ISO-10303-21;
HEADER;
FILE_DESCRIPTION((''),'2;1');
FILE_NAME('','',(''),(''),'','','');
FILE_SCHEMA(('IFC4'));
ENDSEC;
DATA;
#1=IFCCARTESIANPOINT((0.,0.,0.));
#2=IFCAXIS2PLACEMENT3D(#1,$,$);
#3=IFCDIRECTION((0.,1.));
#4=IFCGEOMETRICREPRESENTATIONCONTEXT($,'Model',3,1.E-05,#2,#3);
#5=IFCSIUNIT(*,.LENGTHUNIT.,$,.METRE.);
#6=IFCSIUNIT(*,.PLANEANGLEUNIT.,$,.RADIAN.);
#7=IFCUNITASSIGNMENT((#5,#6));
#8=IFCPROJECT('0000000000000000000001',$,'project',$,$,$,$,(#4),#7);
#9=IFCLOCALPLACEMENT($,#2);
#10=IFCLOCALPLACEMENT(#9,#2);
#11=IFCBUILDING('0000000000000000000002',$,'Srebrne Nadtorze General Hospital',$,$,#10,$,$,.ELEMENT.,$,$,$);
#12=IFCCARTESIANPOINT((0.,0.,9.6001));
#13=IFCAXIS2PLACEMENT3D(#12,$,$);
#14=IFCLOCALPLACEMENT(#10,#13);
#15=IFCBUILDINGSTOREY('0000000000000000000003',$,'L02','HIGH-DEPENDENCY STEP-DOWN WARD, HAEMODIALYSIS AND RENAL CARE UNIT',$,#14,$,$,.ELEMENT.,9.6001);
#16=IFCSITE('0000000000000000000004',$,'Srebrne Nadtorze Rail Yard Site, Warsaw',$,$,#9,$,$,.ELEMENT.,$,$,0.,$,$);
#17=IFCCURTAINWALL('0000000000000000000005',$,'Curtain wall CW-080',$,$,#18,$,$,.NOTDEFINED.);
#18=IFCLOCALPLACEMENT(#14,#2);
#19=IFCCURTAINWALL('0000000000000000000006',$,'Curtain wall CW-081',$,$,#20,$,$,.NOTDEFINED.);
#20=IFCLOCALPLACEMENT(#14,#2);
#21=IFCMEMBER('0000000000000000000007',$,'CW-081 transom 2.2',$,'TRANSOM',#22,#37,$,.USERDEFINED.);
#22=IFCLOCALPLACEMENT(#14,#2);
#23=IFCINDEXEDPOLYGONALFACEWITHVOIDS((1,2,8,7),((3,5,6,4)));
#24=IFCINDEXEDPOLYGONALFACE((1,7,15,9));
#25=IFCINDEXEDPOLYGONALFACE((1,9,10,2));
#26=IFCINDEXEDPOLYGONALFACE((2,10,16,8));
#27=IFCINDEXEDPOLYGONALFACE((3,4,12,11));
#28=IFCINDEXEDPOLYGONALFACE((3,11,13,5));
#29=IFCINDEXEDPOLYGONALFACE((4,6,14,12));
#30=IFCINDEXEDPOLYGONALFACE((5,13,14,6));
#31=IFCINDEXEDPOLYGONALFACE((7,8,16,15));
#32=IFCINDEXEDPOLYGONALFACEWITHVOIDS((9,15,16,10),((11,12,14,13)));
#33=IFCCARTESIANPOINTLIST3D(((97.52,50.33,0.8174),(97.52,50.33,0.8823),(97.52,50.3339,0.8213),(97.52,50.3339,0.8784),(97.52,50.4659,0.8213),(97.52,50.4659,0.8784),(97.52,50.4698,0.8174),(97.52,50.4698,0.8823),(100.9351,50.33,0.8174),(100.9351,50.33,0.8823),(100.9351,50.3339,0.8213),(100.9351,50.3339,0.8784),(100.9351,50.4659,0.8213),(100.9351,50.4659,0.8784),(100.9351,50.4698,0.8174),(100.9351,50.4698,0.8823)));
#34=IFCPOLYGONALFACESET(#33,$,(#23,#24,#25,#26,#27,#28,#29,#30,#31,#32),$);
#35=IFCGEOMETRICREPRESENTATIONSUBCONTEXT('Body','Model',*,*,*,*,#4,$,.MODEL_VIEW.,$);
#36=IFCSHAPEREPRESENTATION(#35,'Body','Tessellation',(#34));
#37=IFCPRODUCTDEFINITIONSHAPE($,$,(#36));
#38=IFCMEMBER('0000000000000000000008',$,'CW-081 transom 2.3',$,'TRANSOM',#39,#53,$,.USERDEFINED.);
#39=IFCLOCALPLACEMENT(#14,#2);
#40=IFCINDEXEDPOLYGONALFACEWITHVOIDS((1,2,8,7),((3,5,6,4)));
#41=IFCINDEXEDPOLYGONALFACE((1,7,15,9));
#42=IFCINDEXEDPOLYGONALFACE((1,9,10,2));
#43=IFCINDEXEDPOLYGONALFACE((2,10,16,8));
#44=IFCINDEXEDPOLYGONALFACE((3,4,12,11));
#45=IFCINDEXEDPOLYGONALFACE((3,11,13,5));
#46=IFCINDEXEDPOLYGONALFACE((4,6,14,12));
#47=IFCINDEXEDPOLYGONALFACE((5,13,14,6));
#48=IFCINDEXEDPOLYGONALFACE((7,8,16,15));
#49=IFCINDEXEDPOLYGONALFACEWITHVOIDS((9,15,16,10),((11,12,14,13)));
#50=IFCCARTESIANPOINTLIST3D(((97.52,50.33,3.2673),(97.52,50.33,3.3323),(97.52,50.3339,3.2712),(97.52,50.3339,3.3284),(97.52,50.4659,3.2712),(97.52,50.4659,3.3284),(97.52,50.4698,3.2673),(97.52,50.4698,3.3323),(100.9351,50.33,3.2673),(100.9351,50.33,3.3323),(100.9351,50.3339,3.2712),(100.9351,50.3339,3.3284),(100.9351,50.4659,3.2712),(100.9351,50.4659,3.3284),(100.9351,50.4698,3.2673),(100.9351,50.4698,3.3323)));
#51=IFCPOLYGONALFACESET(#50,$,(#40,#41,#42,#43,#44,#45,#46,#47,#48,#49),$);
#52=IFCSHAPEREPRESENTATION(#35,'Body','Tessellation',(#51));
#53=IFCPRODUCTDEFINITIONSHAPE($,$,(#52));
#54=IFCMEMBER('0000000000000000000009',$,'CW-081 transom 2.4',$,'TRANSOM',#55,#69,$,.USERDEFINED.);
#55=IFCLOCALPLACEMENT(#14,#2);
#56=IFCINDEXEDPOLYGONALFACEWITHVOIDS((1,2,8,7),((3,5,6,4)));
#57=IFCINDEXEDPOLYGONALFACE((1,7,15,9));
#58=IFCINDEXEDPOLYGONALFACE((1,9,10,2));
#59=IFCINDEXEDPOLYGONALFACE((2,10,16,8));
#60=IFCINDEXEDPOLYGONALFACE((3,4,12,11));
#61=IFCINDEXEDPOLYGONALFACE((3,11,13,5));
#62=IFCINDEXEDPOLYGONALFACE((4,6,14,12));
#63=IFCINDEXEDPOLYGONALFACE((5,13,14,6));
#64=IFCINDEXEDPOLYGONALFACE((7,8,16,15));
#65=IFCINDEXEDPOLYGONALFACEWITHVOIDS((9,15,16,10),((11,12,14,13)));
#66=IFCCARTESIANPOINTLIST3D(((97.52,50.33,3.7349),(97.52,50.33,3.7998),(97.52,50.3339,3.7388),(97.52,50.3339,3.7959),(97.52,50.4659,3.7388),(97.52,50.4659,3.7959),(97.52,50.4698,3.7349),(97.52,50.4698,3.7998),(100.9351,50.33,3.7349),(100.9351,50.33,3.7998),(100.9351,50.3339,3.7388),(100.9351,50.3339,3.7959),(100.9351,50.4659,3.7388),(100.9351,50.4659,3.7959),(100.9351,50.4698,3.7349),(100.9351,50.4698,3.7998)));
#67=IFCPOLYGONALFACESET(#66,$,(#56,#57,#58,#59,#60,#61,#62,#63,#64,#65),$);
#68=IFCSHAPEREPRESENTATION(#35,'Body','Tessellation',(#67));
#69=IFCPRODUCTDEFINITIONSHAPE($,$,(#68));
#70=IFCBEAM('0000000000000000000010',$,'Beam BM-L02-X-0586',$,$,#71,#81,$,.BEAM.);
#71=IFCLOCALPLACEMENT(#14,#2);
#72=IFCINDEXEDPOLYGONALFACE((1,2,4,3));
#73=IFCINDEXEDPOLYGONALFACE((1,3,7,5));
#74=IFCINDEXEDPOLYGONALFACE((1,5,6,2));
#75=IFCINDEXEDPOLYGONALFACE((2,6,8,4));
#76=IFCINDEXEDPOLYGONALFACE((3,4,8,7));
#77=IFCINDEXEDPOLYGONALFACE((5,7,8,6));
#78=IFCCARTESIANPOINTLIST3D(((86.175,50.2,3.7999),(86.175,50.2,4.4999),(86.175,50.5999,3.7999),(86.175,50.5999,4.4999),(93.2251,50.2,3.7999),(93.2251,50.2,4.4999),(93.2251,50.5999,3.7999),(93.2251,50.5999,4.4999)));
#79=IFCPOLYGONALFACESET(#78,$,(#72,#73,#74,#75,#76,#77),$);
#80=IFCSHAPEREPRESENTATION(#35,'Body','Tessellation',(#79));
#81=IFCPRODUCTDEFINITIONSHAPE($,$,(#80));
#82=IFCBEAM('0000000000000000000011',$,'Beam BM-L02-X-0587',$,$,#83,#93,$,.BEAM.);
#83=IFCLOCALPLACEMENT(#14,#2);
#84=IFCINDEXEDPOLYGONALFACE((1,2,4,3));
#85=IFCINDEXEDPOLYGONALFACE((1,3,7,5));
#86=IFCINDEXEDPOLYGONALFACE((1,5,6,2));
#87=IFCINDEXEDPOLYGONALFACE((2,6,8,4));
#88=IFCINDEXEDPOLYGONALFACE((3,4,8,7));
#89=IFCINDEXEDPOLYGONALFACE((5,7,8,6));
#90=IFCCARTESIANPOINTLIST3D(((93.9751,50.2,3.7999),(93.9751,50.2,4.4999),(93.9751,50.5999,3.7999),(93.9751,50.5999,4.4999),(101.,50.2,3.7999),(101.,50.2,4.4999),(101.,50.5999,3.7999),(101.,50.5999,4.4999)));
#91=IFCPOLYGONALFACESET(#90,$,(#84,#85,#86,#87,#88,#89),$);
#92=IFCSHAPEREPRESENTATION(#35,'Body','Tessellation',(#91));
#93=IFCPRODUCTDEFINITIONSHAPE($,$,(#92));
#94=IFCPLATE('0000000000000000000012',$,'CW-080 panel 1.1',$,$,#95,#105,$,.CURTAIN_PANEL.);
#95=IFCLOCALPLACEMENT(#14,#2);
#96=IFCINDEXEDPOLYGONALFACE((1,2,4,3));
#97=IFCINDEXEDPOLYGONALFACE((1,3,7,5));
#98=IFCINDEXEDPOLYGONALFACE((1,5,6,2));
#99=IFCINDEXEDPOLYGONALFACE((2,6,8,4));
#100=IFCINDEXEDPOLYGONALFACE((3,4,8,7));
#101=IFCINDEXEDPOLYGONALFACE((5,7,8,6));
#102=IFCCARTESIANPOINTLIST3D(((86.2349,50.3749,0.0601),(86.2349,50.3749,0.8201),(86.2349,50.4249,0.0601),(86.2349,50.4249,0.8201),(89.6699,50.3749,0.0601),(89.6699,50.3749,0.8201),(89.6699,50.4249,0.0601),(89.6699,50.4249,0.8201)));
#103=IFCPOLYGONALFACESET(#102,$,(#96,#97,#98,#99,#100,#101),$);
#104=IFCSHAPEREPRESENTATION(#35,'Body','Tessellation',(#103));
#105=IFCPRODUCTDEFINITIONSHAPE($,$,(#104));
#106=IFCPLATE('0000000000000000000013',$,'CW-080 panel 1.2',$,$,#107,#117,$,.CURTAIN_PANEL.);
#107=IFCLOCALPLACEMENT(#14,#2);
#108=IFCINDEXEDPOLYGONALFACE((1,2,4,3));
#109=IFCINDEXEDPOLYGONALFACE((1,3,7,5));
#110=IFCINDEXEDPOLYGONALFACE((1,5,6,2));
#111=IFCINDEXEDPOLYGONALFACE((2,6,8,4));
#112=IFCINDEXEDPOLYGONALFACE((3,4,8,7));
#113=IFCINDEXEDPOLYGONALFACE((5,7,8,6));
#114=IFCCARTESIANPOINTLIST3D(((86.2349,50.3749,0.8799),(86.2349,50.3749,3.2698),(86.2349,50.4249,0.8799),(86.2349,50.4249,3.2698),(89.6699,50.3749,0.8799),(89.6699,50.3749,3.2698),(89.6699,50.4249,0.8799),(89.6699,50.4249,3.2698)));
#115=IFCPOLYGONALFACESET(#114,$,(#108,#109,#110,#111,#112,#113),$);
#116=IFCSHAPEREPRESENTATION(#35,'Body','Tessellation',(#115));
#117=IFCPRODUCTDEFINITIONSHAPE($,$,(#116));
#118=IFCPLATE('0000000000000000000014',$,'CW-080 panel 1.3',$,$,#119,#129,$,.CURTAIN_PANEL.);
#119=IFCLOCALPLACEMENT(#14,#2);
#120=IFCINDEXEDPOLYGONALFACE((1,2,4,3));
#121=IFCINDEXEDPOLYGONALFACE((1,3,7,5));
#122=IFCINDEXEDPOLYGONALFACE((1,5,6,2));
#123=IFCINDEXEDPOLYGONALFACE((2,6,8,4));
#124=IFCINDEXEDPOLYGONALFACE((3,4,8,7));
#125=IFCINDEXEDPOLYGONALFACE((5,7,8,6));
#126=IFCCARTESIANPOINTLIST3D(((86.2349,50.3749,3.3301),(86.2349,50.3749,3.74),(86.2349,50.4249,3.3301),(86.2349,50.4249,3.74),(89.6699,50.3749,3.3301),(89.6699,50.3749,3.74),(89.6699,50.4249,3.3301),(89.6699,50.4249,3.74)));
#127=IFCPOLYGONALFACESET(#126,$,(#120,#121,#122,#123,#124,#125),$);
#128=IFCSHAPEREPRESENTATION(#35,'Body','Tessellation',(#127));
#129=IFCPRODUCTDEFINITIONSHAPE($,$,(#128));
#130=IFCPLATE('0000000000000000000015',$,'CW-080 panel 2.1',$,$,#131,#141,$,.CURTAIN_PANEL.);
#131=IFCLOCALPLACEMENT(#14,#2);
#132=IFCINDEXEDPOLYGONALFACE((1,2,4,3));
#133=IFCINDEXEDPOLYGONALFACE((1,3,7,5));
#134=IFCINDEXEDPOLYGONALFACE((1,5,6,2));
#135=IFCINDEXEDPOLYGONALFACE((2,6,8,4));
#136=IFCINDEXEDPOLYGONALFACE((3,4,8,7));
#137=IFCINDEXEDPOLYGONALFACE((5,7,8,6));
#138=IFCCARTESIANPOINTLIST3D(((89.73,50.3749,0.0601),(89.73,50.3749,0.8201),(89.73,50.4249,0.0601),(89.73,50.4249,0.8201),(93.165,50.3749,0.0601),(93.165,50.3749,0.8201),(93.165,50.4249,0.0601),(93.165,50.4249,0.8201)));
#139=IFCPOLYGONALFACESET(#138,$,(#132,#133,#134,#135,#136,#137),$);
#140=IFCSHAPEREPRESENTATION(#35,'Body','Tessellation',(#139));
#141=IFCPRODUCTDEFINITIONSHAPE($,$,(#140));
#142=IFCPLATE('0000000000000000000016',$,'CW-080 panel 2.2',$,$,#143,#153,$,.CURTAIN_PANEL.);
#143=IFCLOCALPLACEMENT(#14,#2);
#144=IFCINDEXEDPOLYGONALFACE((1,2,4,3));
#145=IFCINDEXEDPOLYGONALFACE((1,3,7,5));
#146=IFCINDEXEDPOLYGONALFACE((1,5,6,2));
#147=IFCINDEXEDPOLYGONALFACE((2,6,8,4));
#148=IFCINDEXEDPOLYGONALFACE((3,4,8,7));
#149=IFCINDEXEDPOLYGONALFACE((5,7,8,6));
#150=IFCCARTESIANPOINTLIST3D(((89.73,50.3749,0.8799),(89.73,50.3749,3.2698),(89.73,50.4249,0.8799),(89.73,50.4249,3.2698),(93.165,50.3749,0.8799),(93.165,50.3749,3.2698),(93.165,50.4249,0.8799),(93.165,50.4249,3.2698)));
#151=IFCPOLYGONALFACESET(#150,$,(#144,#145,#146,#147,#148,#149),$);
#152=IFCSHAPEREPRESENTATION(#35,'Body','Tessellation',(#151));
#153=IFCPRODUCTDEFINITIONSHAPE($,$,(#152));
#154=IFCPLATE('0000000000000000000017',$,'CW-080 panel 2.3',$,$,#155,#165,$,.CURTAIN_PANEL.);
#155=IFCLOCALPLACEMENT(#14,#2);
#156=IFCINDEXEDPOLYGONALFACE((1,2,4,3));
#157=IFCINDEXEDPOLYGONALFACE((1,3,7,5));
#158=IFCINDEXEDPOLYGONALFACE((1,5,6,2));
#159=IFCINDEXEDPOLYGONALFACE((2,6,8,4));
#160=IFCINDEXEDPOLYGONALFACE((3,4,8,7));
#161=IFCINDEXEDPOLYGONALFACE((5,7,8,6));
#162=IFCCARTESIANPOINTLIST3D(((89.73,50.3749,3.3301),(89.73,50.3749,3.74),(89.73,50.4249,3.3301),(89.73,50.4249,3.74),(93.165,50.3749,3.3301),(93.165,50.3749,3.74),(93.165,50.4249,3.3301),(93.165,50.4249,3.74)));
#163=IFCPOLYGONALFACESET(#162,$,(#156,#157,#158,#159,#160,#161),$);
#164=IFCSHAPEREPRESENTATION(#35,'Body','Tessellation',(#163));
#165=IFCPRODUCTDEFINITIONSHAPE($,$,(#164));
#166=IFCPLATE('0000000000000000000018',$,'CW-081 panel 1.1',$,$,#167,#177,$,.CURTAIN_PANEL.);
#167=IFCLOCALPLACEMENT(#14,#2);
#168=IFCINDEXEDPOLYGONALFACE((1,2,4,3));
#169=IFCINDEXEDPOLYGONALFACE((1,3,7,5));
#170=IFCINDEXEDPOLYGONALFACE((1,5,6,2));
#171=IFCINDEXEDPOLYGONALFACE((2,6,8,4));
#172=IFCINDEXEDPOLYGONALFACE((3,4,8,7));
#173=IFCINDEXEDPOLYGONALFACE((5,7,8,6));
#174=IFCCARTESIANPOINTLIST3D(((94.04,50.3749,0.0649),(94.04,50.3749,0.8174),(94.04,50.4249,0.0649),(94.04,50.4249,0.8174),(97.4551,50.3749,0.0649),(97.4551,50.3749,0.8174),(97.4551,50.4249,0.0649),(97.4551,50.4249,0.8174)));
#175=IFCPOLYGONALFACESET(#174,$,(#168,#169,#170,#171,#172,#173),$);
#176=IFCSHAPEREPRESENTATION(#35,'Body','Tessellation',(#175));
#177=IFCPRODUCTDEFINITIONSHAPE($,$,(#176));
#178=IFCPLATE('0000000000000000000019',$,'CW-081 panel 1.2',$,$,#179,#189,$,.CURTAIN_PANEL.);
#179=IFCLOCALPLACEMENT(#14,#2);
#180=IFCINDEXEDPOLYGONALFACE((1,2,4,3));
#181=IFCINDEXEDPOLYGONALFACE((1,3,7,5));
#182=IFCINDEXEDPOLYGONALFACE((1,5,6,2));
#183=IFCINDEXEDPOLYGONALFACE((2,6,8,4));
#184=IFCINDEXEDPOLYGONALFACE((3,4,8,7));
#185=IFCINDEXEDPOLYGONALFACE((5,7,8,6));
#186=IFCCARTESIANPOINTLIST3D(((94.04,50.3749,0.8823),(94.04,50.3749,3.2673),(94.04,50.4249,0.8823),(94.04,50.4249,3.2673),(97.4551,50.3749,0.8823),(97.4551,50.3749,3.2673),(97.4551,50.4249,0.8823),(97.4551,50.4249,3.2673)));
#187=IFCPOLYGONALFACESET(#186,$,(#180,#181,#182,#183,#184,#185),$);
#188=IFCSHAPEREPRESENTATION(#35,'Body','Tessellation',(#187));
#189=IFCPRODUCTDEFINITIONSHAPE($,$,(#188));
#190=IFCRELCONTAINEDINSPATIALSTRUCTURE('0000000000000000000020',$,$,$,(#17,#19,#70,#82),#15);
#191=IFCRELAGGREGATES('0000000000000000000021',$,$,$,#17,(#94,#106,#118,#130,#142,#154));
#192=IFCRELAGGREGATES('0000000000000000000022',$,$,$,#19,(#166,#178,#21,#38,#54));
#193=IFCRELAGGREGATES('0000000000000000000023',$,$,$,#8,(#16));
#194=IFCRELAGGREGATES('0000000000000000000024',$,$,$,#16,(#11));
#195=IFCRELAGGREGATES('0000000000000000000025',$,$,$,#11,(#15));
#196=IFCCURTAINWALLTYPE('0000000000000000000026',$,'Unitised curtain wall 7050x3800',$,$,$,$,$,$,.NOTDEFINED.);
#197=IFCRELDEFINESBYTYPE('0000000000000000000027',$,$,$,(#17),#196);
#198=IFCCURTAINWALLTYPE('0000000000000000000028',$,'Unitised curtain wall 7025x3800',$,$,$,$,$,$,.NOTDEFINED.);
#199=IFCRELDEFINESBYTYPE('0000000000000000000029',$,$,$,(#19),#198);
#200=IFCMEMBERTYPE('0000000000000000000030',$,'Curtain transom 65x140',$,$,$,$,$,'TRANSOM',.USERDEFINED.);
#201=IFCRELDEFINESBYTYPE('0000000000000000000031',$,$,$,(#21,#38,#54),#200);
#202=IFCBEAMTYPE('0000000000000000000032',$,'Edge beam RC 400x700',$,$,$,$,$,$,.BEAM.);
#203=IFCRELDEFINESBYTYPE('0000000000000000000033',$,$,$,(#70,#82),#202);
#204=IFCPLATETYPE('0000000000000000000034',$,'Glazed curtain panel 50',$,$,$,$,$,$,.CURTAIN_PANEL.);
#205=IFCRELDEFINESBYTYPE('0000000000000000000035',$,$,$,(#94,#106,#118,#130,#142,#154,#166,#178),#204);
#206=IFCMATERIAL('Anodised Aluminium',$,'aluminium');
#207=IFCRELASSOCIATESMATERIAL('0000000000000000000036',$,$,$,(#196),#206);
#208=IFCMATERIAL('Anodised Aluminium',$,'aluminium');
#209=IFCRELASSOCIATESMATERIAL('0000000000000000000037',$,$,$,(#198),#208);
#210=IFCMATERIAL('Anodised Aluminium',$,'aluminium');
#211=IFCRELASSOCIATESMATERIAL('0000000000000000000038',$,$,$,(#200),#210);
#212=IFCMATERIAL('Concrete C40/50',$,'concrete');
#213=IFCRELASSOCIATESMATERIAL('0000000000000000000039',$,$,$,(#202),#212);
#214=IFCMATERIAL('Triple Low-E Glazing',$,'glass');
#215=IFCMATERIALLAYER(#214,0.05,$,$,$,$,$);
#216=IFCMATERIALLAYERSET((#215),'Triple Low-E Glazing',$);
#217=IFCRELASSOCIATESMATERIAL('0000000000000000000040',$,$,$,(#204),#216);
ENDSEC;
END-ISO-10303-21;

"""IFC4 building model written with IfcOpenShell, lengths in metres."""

from ifc_helpers import new_model, si_unit, direction, frame, origin, origin_2d, place, context, subcontext, project, spatial, rectangle, hollow_rectangle, extrude, material, layer, layer_set, material_profile, profile_set, type_object, element, aggregate, save


model = new_model("IFC4")

# Units and contexts
model_context = context("Model", 3, precision=1e-05, world=origin(), true_north=direction((0.0, 1.0)))
body_context = subcontext(model_context, "Body", "Model", "MODEL_VIEW")
ifc_project = project(units=[si_unit("LENGTHUNIT", "METRE"), si_unit("PLANEANGLEUNIT", "RADIAN")], contexts=[model_context])

# Site, building, storey
site_placement = place(None, origin())
site = spatial("IfcSite", under=ifc_project, at=site_placement, Name="Srebrne Nadtorze Rail Yard Site, Warsaw", CompositionType="ELEMENT", RefElevation=0.0)
building_placement = place(site_placement, origin())
building = spatial("IfcBuilding", under=site, at=building_placement, Name="Srebrne Nadtorze General Hospital", CompositionType="ELEMENT")
storey_placement = place(building_placement, frame((0.0, 0.0, 9.6001)))
storey = spatial("IfcBuildingStorey", under=building, at=storey_placement, Name="L02", Description="HIGH-DEPENDENCY STEP-DOWN WARD, HAEMODIALYSIS AND RENAL CARE UNIT", CompositionType="ELEMENT", Elevation=9.6001)

# Curtain walls
ifc_material_1 = material(Name="Anodised Aluminium", Category="aluminium")
curtain_wall_type_1 = type_object("IfcCurtainWallType", Name="Unitised curtain wall 7050x3800", PredefinedType="NOTDEFINED", material=ifc_material_1)
curtain_wall_1_placement = place(storey_placement, origin())
curtain_wall_1 = element("IfcCurtainWall", 1, at=curtain_wall_1_placement, inside=storey, type_object=curtain_wall_type_1, Name="Curtain wall CW-080", PredefinedType="NOTDEFINED")
ifc_material_2 = material(Name="Anodised Aluminium", Category="aluminium")
curtain_wall_type_2 = type_object("IfcCurtainWallType", Name="Unitised curtain wall 7025x3800", PredefinedType="NOTDEFINED", material=ifc_material_2)
curtain_wall_2_placement = place(storey_placement, origin())
curtain_wall_2 = element("IfcCurtainWall", 2, at=curtain_wall_2_placement, inside=storey, type_object=curtain_wall_type_2, Name="Curtain wall CW-081", PredefinedType="NOTDEFINED")

# Members
ifc_material_3 = material(Name="Anodised Aluminium", Category="aluminium")
ifc_material_profile_1 = material_profile(ifc_material_3, hollow_rectangle(XDim=0.0649, YDim=0.1399, WallThickness=0.0039, at=origin_2d()), Name="AL-TRN-65x140")
ifc_profile_set_1 = profile_set([ifc_material_profile_1], Name="Anodised Aluminium")
member_type_1 = type_object("IfcMemberType", Name="Curtain transom 65x140", ElementType="TRANSOM", PredefinedType="USERDEFINED", material=ifc_profile_set_1)
member_1_placement = place(storey_placement, frame((97.52, 50.3999, 0.8499), z_axis=(1.0, 0.0, 0.0), x_axis=(0.0, 0.0, 1.0)))
member_1 = element("IfcMember", 3, at=member_1_placement, type_object=member_type_1, Name="CW-081 transom 2.2", ObjectType="TRANSOM", PredefinedType="USERDEFINED", context=body_context, shape_type="SweptSolid", body=[
    extrude(hollow_rectangle(XDim=0.0649, YDim=0.1399, WallThickness=0.0039, at=origin_2d()), origin(), (0.0, 0.0, 1.0), 3.415),
])
member_2_placement = place(storey_placement, frame((97.52, 50.3999, 3.2998), z_axis=(1.0, 0.0, 0.0), x_axis=(0.0, 0.0, 1.0)))
member_2 = element("IfcMember", 4, at=member_2_placement, type_object=member_type_1, Name="CW-081 transom 2.3", ObjectType="TRANSOM", PredefinedType="USERDEFINED", context=body_context, shape_type="SweptSolid", body=[
    extrude(hollow_rectangle(XDim=0.0649, YDim=0.1399, WallThickness=0.0039, at=origin_2d()), origin(), (0.0, 0.0, 1.0), 3.415),
])
member_3_placement = place(storey_placement, frame((97.52, 50.3999, 3.7673), z_axis=(1.0, 0.0, 0.0), x_axis=(0.0, 0.0, 1.0)))
member_3 = element("IfcMember", 5, at=member_3_placement, type_object=member_type_1, Name="CW-081 transom 2.4", ObjectType="TRANSOM", PredefinedType="USERDEFINED", context=body_context, shape_type="SweptSolid", body=[
    extrude(hollow_rectangle(XDim=0.0649, YDim=0.1399, WallThickness=0.0039, at=origin_2d()), origin(), (0.0, 0.0, 1.0), 3.415),
])

# Beams
ifc_material_4 = material(Name="Concrete C40/50", Category="concrete")
ifc_material_profile_2 = material_profile(ifc_material_4, rectangle(XDim=0.3999, YDim=0.7, at=origin_2d()), Name="RC-BM-400x700")
ifc_profile_set_2 = profile_set([ifc_material_profile_2], Name="Concrete C40/50")
beam_type = type_object("IfcBeamType", Name="Edge beam RC 400x700", PredefinedType="BEAM", material=ifc_profile_set_2)
beam_1_placement = place(storey_placement, frame((86.175, 50.3999, 4.1499), z_axis=(1.0, 0.0, 0.0), x_axis=(0.0, 1.0, 0.0)))
element("IfcBeam", 6, at=beam_1_placement, inside=storey, type_object=beam_type, Name="Beam BM-L02-X-0586", PredefinedType="BEAM", context=body_context, shape_type="SweptSolid", body=[
    extrude(rectangle(XDim=0.3999, YDim=0.7, at=origin_2d()), origin(), (0.0, 0.0, 1.0), 7.05),
])
beam_2_placement = place(storey_placement, frame((93.9751, 50.3999, 4.1499), z_axis=(1.0, 0.0, 0.0), x_axis=(0.0, 1.0, 0.0)))
element("IfcBeam", 7, at=beam_2_placement, inside=storey, type_object=beam_type, Name="Beam BM-L02-X-0587", PredefinedType="BEAM", context=body_context, shape_type="SweptSolid", body=[
    extrude(rectangle(XDim=0.3999, YDim=0.7, at=origin_2d()), origin(), (0.0, 0.0, 1.0), 7.0249),
])

# Plates
ifc_material_5 = material(Name="Triple Low-E Glazing", Category="glass")
ifc_layer = layer(ifc_material_5, 0.05)
ifc_layer_set = layer_set([ifc_layer], Name="Triple Low-E Glazing")
plate_type = type_object("IfcPlateType", Name="Glazed curtain panel 50", PredefinedType="CURTAIN_PANEL", material=ifc_layer_set)
plate_1_placement = place(storey_placement, frame((87.9524, 50.3999, 0.0601), z_axis=(0.0, 0.0, 1.0), x_axis=(1.0, 0.0, 0.0)))
plate_1 = element("IfcPlate", 8, at=plate_1_placement, type_object=plate_type, Name="CW-080 panel 1.1", PredefinedType="CURTAIN_PANEL", context=body_context, shape_type="SweptSolid", body=[
    extrude(rectangle(XDim=3.4351, YDim=0.05, at=origin_2d()), origin(), (0.0, 0.0, 1.0), 0.76),
])
plate_2_placement = place(storey_placement, frame((87.9524, 50.3999, 0.8799), z_axis=(0.0, 0.0, 1.0), x_axis=(1.0, 0.0, 0.0)))
plate_2 = element("IfcPlate", 9, at=plate_2_placement, type_object=plate_type, Name="CW-080 panel 1.2", PredefinedType="CURTAIN_PANEL", context=body_context, shape_type="SweptSolid", body=[
    extrude(rectangle(XDim=3.4351, YDim=0.05, at=origin_2d()), origin(), (0.0, 0.0, 1.0), 2.3899),
])
plate_3_placement = place(storey_placement, frame((87.9524, 50.3999, 3.3301), z_axis=(0.0, 0.0, 1.0), x_axis=(1.0, 0.0, 0.0)))
plate_3 = element("IfcPlate", 10, at=plate_3_placement, type_object=plate_type, Name="CW-080 panel 1.3", PredefinedType="CURTAIN_PANEL", context=body_context, shape_type="SweptSolid", body=[
    extrude(rectangle(XDim=3.4351, YDim=0.05, at=origin_2d()), origin(), (0.0, 0.0, 1.0), 0.4099),
])
plate_4_placement = place(storey_placement, frame((91.4475, 50.3999, 0.0601), z_axis=(0.0, 0.0, 1.0), x_axis=(1.0, 0.0, 0.0)))
plate_4 = element("IfcPlate", 11, at=plate_4_placement, type_object=plate_type, Name="CW-080 panel 2.1", PredefinedType="CURTAIN_PANEL", context=body_context, shape_type="SweptSolid", body=[
    extrude(rectangle(XDim=3.4351, YDim=0.05, at=origin_2d()), origin(), (0.0, 0.0, 1.0), 0.76),
])
plate_5_placement = place(storey_placement, frame((91.4475, 50.3999, 0.8799), z_axis=(0.0, 0.0, 1.0), x_axis=(1.0, 0.0, 0.0)))
plate_5 = element("IfcPlate", 12, at=plate_5_placement, type_object=plate_type, Name="CW-080 panel 2.2", PredefinedType="CURTAIN_PANEL", context=body_context, shape_type="SweptSolid", body=[
    extrude(rectangle(XDim=3.4351, YDim=0.05, at=origin_2d()), origin(), (0.0, 0.0, 1.0), 2.3899),
])
plate_6_placement = place(storey_placement, frame((91.4475, 50.3999, 3.3301), z_axis=(0.0, 0.0, 1.0), x_axis=(1.0, 0.0, 0.0)))
plate_6 = element("IfcPlate", 13, at=plate_6_placement, type_object=plate_type, Name="CW-080 panel 2.3", PredefinedType="CURTAIN_PANEL", context=body_context, shape_type="SweptSolid", body=[
    extrude(rectangle(XDim=3.4351, YDim=0.05, at=origin_2d()), origin(), (0.0, 0.0, 1.0), 0.4099),
])
aggregate(curtain_wall_1, [plate_1, plate_2, plate_3, plate_4, plate_5, plate_6])
plate_7_placement = place(storey_placement, frame((95.7476, 50.3999, 0.0649), z_axis=(0.0, 0.0, 1.0), x_axis=(1.0, 0.0, 0.0)))
plate_7 = element("IfcPlate", 14, at=plate_7_placement, type_object=plate_type, Name="CW-081 panel 1.1", PredefinedType="CURTAIN_PANEL", context=body_context, shape_type="SweptSolid", body=[
    extrude(rectangle(XDim=3.415, YDim=0.05, at=origin_2d()), origin(), (0.0, 0.0, 1.0), 0.7524),
])
plate_8_placement = place(storey_placement, frame((95.7476, 50.3999, 0.8823), z_axis=(0.0, 0.0, 1.0), x_axis=(1.0, 0.0, 0.0)))
plate_8 = element("IfcPlate", 15, at=plate_8_placement, type_object=plate_type, Name="CW-081 panel 1.2", PredefinedType="CURTAIN_PANEL", context=body_context, shape_type="SweptSolid", body=[
    extrude(rectangle(XDim=3.415, YDim=0.05, at=origin_2d()), origin(), (0.0, 0.0, 1.0), 2.385),
])
aggregate(curtain_wall_2, [plate_7, plate_8, member_1, member_2, member_3])

save(model, "model.ifc")
